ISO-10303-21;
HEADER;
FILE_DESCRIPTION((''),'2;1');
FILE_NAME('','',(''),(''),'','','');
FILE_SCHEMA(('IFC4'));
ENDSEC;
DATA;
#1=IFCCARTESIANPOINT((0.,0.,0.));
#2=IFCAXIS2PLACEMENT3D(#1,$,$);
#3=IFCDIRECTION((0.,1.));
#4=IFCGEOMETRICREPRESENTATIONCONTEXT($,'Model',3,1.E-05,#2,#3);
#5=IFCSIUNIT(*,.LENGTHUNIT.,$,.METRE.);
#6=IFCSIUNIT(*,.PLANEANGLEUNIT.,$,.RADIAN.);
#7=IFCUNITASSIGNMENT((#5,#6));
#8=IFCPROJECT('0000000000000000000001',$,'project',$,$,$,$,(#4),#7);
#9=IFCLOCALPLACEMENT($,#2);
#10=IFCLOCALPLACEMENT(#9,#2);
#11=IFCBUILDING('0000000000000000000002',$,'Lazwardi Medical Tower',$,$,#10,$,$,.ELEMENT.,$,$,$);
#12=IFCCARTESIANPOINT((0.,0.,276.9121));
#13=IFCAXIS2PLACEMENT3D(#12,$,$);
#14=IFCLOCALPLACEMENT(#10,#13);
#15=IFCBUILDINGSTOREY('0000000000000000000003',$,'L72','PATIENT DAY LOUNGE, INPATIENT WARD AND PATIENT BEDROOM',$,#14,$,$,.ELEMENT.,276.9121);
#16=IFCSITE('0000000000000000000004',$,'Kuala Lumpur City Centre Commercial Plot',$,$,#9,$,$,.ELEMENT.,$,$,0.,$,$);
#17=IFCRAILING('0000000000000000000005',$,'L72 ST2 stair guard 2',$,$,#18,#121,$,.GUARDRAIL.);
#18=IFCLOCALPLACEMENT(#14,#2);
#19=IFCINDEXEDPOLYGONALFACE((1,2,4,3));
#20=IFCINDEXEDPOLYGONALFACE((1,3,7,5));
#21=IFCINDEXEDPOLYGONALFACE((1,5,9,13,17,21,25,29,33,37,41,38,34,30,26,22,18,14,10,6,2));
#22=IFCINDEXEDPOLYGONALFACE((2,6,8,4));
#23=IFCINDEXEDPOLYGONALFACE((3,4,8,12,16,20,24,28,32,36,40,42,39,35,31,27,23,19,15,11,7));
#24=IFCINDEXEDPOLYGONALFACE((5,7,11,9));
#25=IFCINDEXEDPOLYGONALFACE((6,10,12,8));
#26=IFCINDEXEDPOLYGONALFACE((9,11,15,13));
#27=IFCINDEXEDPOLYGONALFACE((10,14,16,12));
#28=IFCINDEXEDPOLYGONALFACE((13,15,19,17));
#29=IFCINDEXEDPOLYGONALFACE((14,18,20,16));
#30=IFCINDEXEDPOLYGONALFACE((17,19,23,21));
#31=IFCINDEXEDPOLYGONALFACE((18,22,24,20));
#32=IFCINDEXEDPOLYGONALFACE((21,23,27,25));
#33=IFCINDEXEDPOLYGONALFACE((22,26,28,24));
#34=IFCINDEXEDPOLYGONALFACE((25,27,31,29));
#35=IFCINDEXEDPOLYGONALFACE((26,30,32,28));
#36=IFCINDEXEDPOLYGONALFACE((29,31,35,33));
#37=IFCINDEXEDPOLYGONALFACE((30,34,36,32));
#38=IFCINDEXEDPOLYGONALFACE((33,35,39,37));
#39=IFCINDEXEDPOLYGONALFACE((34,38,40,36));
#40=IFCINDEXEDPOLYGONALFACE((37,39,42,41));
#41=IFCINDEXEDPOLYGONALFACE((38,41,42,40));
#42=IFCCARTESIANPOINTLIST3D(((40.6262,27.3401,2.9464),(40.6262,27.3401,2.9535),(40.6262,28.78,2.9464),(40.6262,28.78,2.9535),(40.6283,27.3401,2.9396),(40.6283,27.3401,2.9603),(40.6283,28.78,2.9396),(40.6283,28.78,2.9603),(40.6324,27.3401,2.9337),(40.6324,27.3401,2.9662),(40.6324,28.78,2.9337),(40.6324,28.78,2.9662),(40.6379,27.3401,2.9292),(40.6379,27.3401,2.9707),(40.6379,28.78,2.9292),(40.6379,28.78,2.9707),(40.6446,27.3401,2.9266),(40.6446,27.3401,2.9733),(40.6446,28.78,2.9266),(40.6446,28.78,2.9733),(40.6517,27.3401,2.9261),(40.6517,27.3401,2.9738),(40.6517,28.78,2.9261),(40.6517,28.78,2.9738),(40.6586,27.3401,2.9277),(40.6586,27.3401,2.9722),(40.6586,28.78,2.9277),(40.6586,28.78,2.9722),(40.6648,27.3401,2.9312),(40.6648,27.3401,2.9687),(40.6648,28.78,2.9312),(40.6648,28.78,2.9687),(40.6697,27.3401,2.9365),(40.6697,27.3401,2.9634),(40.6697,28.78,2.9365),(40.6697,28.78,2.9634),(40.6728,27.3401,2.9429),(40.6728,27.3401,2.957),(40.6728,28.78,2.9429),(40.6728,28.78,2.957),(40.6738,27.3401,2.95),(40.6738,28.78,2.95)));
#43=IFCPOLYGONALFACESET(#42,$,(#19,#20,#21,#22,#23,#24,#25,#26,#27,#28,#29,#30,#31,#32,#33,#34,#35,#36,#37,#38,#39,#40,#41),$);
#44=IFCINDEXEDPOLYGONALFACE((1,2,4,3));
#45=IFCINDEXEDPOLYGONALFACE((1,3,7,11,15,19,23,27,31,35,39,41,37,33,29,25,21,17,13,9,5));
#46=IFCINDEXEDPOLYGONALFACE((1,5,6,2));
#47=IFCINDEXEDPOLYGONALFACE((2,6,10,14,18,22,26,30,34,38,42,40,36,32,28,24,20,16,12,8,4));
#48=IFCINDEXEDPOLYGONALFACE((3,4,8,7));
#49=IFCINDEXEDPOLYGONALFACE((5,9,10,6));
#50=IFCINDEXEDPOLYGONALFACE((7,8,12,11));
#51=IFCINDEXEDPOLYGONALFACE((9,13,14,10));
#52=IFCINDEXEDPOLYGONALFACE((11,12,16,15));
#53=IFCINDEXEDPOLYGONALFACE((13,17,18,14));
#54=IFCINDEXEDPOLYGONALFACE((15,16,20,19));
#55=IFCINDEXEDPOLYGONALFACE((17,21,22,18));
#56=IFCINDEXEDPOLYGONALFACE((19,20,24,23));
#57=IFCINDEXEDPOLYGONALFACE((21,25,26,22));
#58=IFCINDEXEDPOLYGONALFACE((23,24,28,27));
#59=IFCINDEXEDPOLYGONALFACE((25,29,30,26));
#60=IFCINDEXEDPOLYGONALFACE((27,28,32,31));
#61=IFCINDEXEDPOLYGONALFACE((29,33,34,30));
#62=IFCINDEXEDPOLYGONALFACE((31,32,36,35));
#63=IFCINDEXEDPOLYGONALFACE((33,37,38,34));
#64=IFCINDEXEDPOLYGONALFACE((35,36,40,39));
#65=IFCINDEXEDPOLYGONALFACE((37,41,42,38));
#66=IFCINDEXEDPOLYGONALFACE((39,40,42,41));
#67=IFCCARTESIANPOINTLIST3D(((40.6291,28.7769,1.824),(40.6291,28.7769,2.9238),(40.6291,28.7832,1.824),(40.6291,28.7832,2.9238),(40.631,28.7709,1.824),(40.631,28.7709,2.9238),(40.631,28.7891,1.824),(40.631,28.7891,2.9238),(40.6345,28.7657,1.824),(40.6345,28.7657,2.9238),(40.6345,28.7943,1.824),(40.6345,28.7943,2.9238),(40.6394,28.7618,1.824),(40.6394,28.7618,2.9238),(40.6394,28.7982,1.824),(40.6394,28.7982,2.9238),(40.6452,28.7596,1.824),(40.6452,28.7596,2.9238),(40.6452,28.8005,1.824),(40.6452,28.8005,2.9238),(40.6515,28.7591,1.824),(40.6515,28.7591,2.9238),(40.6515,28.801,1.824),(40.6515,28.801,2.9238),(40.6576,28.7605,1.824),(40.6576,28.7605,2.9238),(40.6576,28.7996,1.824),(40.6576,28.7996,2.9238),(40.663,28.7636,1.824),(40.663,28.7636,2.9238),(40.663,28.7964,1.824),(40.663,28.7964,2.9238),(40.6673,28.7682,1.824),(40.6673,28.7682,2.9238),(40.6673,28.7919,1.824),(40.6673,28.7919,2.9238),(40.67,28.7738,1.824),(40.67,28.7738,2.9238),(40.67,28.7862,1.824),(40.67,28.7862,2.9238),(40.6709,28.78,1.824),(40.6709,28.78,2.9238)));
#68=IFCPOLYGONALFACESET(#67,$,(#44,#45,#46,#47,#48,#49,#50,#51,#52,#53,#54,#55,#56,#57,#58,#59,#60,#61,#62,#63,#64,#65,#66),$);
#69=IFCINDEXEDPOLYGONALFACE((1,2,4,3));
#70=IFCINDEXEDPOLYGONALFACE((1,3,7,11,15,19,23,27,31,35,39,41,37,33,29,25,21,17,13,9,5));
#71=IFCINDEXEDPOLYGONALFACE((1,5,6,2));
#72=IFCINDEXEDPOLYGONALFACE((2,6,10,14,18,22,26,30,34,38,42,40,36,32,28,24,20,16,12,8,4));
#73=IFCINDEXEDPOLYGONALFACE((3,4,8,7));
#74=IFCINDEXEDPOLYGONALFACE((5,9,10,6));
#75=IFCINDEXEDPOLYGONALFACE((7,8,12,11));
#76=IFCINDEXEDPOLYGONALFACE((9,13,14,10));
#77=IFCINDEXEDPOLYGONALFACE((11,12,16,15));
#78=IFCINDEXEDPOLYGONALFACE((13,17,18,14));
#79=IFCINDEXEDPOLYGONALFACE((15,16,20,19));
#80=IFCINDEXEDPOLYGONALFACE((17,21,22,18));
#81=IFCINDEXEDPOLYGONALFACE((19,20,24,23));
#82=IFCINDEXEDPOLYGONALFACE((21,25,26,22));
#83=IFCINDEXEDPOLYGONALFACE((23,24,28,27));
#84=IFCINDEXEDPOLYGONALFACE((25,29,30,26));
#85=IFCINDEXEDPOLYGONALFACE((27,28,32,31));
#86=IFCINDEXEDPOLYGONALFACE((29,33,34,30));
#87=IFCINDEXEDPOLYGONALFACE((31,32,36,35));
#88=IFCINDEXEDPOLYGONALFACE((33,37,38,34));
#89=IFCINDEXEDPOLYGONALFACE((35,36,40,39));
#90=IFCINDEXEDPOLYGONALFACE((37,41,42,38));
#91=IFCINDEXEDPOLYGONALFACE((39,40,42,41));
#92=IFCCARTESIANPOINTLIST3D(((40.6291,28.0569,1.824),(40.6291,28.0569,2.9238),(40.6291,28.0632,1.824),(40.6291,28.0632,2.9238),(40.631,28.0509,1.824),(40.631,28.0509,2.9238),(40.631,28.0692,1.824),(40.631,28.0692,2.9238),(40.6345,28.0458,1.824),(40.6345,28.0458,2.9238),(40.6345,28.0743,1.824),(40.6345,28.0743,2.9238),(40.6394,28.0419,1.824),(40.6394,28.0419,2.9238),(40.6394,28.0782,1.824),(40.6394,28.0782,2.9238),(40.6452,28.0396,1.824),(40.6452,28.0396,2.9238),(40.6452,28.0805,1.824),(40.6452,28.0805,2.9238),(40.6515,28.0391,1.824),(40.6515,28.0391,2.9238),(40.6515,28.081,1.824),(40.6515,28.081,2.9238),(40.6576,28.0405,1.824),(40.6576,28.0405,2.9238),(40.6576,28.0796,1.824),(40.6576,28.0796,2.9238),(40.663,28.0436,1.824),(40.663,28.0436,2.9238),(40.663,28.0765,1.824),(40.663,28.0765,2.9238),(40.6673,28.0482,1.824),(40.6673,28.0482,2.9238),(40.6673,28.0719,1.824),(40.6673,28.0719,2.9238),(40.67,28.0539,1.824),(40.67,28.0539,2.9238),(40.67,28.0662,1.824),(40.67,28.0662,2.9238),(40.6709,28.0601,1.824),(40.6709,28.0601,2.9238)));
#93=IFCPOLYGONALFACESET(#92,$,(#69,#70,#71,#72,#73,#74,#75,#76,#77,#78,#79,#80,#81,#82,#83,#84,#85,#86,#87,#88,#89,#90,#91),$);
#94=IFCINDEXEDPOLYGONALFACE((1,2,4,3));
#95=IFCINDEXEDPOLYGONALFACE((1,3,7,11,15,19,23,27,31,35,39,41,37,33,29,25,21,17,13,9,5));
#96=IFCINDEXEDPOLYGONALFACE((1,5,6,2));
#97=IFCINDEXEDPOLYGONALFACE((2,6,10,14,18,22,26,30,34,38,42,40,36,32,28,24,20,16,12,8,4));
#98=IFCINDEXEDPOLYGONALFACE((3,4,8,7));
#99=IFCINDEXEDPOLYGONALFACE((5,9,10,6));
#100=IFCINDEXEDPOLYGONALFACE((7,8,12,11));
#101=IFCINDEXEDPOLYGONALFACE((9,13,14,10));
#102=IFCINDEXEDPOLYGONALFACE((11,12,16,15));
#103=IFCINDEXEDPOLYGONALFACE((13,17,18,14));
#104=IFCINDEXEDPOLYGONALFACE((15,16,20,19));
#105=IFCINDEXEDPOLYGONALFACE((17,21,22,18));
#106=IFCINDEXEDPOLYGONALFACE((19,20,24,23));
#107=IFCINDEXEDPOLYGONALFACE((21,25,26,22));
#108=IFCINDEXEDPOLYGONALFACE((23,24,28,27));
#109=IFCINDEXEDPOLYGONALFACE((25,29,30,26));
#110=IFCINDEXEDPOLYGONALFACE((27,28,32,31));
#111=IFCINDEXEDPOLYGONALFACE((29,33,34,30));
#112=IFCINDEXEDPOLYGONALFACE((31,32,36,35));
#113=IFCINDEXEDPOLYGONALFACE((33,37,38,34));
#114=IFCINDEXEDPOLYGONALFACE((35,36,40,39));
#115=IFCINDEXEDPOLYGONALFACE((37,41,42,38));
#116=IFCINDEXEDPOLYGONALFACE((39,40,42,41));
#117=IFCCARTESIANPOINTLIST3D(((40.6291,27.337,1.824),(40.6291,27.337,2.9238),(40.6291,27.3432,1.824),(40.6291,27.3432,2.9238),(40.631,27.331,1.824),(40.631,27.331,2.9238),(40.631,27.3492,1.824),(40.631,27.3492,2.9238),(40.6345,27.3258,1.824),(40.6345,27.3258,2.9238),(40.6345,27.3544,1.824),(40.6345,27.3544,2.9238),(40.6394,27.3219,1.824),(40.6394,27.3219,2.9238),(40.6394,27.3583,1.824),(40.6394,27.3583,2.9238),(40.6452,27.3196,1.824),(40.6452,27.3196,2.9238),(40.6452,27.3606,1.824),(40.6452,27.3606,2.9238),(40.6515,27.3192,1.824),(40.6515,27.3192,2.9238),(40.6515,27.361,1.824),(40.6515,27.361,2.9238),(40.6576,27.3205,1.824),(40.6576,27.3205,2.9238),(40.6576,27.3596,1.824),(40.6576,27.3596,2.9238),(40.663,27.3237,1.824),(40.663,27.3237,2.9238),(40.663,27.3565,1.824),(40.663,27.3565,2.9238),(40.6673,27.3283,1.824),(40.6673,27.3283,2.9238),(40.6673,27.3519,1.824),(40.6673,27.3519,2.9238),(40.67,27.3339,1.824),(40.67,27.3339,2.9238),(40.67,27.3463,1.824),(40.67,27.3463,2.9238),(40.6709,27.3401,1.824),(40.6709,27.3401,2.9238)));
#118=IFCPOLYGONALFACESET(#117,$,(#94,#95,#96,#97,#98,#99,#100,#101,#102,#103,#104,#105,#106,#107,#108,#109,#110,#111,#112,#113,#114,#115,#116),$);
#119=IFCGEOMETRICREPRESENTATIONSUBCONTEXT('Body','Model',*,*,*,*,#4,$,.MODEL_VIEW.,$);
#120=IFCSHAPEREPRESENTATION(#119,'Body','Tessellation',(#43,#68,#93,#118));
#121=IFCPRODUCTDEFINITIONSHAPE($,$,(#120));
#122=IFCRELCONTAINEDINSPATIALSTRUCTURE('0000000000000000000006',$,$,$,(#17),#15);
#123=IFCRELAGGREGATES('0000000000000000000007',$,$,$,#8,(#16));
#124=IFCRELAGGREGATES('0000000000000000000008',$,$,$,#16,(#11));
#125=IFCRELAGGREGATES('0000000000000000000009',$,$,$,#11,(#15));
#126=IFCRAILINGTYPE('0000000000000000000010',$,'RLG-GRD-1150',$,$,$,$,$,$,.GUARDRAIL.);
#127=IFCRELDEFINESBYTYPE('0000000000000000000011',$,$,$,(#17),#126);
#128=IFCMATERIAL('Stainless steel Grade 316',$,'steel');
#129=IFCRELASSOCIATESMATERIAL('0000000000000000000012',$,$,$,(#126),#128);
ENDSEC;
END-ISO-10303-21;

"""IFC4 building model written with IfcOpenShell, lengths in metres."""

from ifc_helpers import new_model, si_unit, direction, frame, origin, origin_2d, place, context, subcontext, project, spatial, circle, extrude, material, type_object, element, save


model = new_model("IFC4")

# Units and contexts
model_context = context("Model", 3, precision=1e-05, world=origin(), true_north=direction((0.0, 1.0)))
body_context = subcontext(model_context, "Body", "Model", "MODEL_VIEW")
ifc_project = project(units=[si_unit("LENGTHUNIT", "METRE"), si_unit("PLANEANGLEUNIT", "RADIAN")], contexts=[model_context])

# Site, building, storey
site_placement = place(None, origin())
site = spatial("IfcSite", under=ifc_project, at=site_placement, Name="Kuala Lumpur City Centre Commercial Plot", CompositionType="ELEMENT", RefElevation=0.0)
building_placement = place(site_placement, origin())
building = spatial("IfcBuilding", under=site, at=building_placement, Name="Lazwardi Medical Tower", CompositionType="ELEMENT")
storey_placement = place(building_placement, frame((0.0, 0.0, 276.9121)))
storey = spatial("IfcBuildingStorey", under=building, at=storey_placement, Name="L72", Description="PATIENT DAY LOUNGE, INPATIENT WARD AND PATIENT BEDROOM", CompositionType="ELEMENT", Elevation=276.9121)

# Railing
ifc_material_1 = material(Name="Stainless steel Grade 316", Category="steel")
railing_type_1 = type_object("IfcRailingType", Name="RLG-GRD-1150", PredefinedType="GUARDRAIL", material=ifc_material_1)
railing_1_placement = place(storey_placement, frame((40.6499, 28.78, 1.824)))
element("IfcRailing", 1, at=railing_1_placement, inside=storey, type_object=railing_type_1, Name="L72 ST2 stair guard 2", PredefinedType="GUARDRAIL", context=body_context, shape_type="SweptSolid", body=[
    extrude(circle(Radius=0.0239, at=origin_2d()), frame((0.0, 0.0, 1.126), z_axis=(0.0, -1.0, 0.0), x_axis=(1.0, 0.0, 0.0)), (0.0, 0.0, 1.0), 1.4399),
    extrude(circle(Radius=0.021, at=origin_2d()), origin(), (0.0, 0.0, 1.0), 1.0999),
    extrude(circle(Radius=0.021, at=origin_2d()), frame((0.0, -0.72, 0.0)), (0.0, 0.0, 1.0), 1.0999),
    extrude(circle(Radius=0.021, at=origin_2d()), frame((0.0, -1.4399, 0.0)), (0.0, 0.0, 1.0), 1.0999),
])

save(model, "model.ifc")
